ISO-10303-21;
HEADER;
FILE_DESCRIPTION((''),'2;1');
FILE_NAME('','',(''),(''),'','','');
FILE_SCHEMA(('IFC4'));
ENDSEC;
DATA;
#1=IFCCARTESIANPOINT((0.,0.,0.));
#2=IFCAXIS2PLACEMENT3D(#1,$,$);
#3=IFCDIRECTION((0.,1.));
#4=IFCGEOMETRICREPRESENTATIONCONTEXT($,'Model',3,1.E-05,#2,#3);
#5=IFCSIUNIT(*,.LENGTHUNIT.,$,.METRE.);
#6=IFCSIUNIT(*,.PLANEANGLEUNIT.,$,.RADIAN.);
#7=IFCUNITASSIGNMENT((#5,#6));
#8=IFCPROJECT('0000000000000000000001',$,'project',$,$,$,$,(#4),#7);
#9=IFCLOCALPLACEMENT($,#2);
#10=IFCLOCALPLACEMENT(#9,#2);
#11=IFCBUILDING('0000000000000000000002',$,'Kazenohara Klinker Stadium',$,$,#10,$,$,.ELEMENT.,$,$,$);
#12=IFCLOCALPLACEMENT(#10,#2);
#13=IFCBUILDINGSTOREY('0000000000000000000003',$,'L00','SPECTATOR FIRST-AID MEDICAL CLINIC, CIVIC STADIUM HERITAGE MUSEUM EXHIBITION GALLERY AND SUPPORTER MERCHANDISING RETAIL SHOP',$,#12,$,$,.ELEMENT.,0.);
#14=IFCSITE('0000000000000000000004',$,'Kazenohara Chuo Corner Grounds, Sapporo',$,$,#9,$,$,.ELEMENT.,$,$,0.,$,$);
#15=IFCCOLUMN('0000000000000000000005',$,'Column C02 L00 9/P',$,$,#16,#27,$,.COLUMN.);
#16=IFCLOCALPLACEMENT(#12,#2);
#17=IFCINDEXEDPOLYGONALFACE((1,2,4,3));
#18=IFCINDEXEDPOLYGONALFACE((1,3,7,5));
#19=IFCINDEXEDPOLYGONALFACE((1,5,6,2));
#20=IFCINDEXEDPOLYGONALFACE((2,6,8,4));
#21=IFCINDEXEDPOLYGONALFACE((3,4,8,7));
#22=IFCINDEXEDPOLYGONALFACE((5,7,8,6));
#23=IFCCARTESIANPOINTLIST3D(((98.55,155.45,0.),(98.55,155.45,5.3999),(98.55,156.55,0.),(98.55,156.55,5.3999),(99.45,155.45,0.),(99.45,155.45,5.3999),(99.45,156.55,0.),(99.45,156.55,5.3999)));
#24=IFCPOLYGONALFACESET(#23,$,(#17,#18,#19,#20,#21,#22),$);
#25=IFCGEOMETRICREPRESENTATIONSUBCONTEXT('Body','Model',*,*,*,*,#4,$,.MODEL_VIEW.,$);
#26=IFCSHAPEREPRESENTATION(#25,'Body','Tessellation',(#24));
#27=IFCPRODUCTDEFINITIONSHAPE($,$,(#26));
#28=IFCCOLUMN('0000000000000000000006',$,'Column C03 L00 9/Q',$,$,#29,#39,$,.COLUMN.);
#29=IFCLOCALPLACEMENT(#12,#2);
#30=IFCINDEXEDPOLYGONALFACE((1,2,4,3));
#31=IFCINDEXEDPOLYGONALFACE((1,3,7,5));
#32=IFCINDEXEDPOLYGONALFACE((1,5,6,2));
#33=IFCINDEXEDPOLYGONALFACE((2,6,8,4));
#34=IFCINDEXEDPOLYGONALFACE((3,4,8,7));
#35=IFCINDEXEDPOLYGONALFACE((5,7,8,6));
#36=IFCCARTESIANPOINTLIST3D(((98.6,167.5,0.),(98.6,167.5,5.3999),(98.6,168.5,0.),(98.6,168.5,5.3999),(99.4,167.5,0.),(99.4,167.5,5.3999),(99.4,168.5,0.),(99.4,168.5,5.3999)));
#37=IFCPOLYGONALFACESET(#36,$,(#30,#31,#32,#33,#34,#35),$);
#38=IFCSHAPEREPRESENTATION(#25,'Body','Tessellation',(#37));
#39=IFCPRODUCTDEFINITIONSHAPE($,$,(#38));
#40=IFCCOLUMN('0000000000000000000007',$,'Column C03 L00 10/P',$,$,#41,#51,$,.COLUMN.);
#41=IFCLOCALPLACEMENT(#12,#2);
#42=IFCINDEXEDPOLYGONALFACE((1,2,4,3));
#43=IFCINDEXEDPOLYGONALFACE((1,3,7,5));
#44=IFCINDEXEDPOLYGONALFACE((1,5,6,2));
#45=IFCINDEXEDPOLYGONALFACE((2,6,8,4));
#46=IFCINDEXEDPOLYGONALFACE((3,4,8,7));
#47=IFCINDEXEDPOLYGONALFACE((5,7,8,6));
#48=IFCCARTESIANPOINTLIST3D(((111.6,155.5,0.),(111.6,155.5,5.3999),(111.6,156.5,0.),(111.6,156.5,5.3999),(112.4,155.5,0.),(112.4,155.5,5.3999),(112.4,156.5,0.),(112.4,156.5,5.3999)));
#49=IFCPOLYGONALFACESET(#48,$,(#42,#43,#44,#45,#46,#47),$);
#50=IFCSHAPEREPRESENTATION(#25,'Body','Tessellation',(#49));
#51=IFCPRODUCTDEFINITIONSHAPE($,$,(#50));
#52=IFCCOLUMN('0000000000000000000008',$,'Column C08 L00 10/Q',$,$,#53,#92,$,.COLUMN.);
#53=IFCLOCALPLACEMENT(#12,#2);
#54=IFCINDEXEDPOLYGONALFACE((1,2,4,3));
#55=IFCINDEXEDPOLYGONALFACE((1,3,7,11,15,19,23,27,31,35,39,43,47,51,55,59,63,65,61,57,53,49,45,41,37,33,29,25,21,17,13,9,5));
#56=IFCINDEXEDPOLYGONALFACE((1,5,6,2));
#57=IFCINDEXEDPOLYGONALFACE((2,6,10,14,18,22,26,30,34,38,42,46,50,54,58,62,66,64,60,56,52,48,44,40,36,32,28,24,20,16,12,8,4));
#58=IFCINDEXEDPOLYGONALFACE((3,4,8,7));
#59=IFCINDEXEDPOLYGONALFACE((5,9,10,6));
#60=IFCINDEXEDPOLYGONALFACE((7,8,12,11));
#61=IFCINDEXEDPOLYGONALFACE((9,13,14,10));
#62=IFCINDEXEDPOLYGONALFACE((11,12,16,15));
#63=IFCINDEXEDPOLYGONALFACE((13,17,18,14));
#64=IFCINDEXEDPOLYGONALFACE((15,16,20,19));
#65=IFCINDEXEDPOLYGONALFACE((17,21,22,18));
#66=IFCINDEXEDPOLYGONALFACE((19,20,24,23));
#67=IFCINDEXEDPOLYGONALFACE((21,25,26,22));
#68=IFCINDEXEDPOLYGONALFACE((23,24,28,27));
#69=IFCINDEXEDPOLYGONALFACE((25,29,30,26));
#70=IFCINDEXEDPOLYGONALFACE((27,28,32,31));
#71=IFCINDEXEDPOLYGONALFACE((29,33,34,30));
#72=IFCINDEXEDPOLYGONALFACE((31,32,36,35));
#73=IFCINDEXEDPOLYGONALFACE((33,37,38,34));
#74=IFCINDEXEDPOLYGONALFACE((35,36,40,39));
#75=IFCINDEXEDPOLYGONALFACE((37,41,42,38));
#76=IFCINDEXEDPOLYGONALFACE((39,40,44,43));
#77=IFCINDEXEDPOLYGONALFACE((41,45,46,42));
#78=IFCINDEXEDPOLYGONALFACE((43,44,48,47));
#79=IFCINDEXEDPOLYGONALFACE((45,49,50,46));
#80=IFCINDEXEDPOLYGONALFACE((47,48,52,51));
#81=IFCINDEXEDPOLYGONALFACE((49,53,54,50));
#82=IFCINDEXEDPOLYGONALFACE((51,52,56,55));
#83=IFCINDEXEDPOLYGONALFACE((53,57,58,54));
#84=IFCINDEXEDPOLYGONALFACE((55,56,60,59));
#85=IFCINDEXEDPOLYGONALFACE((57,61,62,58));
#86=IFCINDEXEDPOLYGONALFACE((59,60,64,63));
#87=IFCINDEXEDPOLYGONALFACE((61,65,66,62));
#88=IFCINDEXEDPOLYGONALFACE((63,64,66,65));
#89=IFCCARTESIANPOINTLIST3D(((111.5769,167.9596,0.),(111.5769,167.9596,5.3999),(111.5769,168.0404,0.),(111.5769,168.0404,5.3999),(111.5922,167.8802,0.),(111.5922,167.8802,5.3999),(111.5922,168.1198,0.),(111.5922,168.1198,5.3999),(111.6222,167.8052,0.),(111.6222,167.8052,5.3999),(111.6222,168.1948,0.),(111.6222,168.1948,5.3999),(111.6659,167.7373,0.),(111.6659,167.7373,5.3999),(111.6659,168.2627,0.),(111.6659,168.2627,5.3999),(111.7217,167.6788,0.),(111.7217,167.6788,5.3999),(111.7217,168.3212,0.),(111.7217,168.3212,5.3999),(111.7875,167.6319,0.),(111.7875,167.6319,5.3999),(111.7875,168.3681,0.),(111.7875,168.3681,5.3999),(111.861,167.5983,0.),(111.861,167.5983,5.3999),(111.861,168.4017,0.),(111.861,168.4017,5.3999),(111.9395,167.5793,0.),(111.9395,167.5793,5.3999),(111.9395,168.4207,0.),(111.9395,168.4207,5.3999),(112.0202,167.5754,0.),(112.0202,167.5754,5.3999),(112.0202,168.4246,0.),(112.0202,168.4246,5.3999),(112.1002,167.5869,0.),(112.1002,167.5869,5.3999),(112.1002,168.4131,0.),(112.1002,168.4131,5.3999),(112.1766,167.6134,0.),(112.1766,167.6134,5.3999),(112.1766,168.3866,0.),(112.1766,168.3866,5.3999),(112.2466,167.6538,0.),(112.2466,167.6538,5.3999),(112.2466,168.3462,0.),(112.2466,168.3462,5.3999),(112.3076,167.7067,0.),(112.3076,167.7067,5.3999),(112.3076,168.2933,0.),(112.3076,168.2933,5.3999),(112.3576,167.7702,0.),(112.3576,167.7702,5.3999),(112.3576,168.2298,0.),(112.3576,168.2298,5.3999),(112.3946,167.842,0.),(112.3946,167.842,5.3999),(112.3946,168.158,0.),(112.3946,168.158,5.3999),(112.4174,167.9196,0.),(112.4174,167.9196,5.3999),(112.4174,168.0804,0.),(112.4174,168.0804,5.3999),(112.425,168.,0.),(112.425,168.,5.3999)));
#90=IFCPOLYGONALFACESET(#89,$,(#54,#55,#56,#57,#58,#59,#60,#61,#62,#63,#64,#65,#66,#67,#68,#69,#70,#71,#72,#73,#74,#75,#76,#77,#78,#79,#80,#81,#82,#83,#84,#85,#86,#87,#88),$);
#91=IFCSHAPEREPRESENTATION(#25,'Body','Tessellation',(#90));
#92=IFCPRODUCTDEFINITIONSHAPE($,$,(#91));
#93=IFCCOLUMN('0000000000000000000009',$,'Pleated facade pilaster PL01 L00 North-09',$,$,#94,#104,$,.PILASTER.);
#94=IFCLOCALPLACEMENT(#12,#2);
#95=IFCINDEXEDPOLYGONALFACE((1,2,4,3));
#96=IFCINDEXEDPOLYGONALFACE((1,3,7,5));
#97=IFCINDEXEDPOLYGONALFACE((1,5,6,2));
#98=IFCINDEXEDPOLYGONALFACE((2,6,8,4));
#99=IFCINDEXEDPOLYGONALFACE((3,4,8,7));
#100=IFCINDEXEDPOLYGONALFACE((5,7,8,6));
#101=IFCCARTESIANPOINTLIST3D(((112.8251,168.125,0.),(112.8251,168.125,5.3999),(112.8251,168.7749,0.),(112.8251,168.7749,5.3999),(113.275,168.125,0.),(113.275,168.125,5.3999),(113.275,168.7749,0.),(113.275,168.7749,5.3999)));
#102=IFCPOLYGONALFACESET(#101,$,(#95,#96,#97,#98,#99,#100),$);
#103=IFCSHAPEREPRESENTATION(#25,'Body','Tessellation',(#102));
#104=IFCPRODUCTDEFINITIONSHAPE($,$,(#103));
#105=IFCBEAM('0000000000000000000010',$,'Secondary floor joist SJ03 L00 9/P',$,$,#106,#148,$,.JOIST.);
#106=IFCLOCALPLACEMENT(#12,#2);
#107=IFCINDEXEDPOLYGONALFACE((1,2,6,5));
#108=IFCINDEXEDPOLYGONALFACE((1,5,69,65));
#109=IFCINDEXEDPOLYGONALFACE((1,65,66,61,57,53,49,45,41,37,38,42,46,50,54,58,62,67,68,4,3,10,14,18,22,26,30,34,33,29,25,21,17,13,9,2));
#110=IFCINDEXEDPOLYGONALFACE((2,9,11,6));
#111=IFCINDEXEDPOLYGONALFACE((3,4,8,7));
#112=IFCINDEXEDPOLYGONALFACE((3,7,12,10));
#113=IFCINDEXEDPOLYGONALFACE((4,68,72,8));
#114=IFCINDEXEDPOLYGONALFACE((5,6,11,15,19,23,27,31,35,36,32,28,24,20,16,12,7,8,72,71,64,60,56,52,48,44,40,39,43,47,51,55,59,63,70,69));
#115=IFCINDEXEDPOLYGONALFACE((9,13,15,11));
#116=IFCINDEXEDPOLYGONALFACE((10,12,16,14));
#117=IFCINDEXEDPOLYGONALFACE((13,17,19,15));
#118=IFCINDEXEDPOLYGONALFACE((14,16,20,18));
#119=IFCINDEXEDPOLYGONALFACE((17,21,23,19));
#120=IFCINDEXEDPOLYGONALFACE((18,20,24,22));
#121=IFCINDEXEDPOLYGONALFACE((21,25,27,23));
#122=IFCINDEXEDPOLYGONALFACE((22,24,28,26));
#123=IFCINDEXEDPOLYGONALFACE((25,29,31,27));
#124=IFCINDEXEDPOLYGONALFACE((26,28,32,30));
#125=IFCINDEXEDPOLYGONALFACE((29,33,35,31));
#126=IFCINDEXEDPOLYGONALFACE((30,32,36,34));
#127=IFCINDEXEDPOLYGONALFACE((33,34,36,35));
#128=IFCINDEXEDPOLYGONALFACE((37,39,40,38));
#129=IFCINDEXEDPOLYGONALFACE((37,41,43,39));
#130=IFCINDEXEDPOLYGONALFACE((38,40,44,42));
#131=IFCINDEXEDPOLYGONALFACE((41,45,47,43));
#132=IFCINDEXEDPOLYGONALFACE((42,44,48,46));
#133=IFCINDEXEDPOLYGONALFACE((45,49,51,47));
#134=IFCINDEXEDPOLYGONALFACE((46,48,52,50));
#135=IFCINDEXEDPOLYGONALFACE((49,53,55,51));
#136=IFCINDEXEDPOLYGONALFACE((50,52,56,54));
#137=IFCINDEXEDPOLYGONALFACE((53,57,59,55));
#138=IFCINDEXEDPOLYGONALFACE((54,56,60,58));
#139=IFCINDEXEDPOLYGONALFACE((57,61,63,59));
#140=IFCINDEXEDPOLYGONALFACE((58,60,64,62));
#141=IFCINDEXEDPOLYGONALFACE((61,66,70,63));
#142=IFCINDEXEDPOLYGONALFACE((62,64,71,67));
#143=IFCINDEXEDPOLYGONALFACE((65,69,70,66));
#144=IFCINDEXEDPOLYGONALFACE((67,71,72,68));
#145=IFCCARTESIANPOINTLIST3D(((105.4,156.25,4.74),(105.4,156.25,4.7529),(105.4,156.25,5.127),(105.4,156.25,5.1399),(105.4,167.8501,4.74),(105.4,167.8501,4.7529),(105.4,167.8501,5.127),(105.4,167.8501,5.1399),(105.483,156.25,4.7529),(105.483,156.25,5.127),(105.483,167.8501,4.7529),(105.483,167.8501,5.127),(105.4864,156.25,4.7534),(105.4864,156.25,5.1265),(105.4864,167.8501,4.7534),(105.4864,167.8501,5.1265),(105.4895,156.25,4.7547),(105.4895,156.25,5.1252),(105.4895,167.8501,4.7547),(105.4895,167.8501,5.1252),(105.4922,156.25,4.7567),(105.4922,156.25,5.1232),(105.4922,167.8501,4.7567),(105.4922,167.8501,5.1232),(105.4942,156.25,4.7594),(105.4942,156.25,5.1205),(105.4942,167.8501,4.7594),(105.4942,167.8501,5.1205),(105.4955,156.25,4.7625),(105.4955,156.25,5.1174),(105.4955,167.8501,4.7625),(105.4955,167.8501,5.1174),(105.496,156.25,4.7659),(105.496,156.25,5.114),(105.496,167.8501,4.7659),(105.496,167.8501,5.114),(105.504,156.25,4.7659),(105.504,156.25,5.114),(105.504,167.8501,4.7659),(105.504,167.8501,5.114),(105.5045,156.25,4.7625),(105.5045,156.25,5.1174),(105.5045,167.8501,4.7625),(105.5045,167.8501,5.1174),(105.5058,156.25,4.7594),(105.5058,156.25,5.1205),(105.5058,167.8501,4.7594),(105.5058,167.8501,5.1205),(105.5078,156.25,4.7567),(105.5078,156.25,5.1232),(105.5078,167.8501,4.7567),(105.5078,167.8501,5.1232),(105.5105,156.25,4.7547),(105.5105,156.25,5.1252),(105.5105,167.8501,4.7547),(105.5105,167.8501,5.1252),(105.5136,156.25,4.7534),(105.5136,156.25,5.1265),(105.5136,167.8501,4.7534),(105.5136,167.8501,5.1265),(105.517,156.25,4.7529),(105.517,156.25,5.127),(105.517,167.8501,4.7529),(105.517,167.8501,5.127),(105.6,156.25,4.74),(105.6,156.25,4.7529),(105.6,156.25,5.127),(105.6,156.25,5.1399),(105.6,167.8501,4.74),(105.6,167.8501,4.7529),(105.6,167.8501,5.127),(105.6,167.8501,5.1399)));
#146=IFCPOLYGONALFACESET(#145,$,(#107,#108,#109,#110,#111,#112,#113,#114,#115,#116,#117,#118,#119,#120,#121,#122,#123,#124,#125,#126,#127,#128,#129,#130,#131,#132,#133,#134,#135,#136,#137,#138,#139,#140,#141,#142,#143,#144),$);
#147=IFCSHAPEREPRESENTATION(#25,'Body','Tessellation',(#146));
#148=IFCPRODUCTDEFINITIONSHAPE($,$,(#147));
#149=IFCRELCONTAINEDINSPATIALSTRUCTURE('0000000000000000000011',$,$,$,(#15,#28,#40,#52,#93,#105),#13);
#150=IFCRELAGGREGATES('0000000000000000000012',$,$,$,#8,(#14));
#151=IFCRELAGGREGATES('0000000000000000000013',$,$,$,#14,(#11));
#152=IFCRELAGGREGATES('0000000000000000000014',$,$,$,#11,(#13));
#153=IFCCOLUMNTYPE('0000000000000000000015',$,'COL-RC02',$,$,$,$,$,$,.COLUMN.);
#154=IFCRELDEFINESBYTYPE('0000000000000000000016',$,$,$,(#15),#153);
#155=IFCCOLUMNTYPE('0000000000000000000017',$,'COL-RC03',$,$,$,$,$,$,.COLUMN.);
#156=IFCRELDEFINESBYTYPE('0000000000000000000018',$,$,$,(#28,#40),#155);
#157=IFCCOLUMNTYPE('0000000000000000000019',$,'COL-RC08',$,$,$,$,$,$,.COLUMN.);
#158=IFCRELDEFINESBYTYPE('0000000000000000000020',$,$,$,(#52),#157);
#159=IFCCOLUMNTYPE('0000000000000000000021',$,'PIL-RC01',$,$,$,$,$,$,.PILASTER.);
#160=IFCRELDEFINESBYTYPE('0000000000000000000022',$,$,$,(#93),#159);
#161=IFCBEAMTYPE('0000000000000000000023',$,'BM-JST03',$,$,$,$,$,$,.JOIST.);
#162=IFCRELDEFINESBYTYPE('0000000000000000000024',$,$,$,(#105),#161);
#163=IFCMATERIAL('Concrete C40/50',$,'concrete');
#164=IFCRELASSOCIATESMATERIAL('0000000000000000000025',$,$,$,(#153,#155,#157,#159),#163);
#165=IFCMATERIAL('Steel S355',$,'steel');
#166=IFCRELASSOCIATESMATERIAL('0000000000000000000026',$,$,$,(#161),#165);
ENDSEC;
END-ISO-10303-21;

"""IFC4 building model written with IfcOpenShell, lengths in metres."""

from ifc_helpers import new_model, si_unit, direction, frame, origin, origin_2d, place, context, subcontext, project, spatial, rectangle, circle, i_section, extrude, material, material_profile, profile_set, type_object, element, save


model = new_model("IFC4")

# Units and contexts
model_context = context("Model", 3, precision=1e-05, world=origin(), true_north=direction((0.0, 1.0)))
body_context = subcontext(model_context, "Body", "Model", "MODEL_VIEW")
ifc_project = project(units=[si_unit("LENGTHUNIT", "METRE"), si_unit("PLANEANGLEUNIT", "RADIAN")], contexts=[model_context])

# Site, building, storey
site_placement = place(None, origin())
site = spatial("IfcSite", under=ifc_project, at=site_placement, Name="Kazenohara Chuo Corner Grounds, Sapporo", CompositionType="ELEMENT", RefElevation=0.0)
building_placement = place(site_placement, origin())
building = spatial("IfcBuilding", under=site, at=building_placement, Name="Kazenohara Klinker Stadium", CompositionType="ELEMENT")
storey_placement = place(building_placement, origin())
storey = spatial("IfcBuildingStorey", under=building, at=storey_placement, Name="L00", Description="SPECTATOR FIRST-AID MEDICAL CLINIC, CIVIC STADIUM HERITAGE MUSEUM EXHIBITION GALLERY AND SUPPORTER MERCHANDISING RETAIL SHOP", CompositionType="ELEMENT", Elevation=0.0)

# Columns
ifc_material_1 = material(Name="Concrete C40/50", Category="concrete")
ifc_material_profile_1 = material_profile(ifc_material_1, rectangle(XDim=0.8999, YDim=1.1001, at=origin_2d()), Name="RC-COL-1100x900")
ifc_profile_set_1 = profile_set([ifc_material_profile_1], Name="Concrete C40/50")
column_type_1 = type_object("IfcColumnType", Name="COL-RC02", PredefinedType="COLUMN", material=ifc_profile_set_1)
column_1_placement = place(storey_placement, frame((99.0, 156.0, 0.0), z_axis=(0.0, 0.0, 1.0), x_axis=(1.0, 0.0, 0.0)))
element("IfcColumn", 1, at=column_1_placement, inside=storey, type_object=column_type_1, Name="Column C02 L00 9/P", PredefinedType="COLUMN", context=body_context, shape_type="SweptSolid", body=[
    extrude(rectangle(XDim=0.8999, YDim=1.1001, at=origin_2d()), origin(), (0.0, 0.0, 1.0), 5.3999),
])
ifc_material_profile_2 = material_profile(ifc_material_1, rectangle(XDim=0.8, YDim=1.0, at=origin_2d()), Name="RC-COL-1000x800")
ifc_profile_set_2 = profile_set([ifc_material_profile_2], Name="Concrete C40/50")
column_type_2 = type_object("IfcColumnType", Name="COL-RC03", PredefinedType="COLUMN", material=ifc_profile_set_2)
for number, where, z_axis, x_axis, name in (
    (2, (99.0, 168.0, 0.0), (0.0, 0.0, 1.0), (1.0, 0.0, 0.0), "Column C03 L00 9/Q"),
    (3, (112.0, 156.0, 0.0), (0.0, 0.0, 1.0), (1.0, 0.0, 0.0), "Column C03 L00 10/P"),
):
    element("IfcColumn", number, at=place(storey_placement, frame(where, z_axis=z_axis, x_axis=x_axis)), inside=storey, type_object=column_type_2, Name=name, PredefinedType="COLUMN", context=body_context, shape_type="SweptSolid", body=[
        extrude(rectangle(XDim=0.8, YDim=1.0, at=origin_2d()), origin(), (0.0, 0.0, 1.0), 5.3999),
    ])
ifc_material_profile_3 = material_profile(ifc_material_1, circle(Radius=0.425, at=origin_2d()), Name="RC-COL-D850")
ifc_profile_set_3 = profile_set([ifc_material_profile_3], Name="Concrete C40/50")
column_type_3 = type_object("IfcColumnType", Name="COL-RC08", PredefinedType="COLUMN", material=ifc_profile_set_3)
column_2_placement = place(storey_placement, frame((112.0, 168.0, 0.0), z_axis=(0.0, 0.0, 1.0), x_axis=(1.0, 0.0, 0.0)))
element("IfcColumn", 4, at=column_2_placement, inside=storey, type_object=column_type_3, Name="Column C08 L00 10/Q", PredefinedType="COLUMN", context=body_context, shape_type="SweptSolid", body=[
    extrude(circle(Radius=0.425, at=origin_2d()), origin(), (0.0, 0.0, 1.0), 5.3999),
])
ifc_material_profile_4 = material_profile(ifc_material_1, rectangle(XDim=0.45, YDim=0.6499, at=origin_2d()), Name="RC-PILASTER-450x650")
ifc_profile_set_4 = profile_set([ifc_material_profile_4], Name="Concrete C40/50")
column_type_4 = type_object("IfcColumnType", Name="PIL-RC01", PredefinedType="PILASTER", material=ifc_profile_set_4)
column_3_placement = place(storey_placement, frame((113.05, 168.45, 0.0), z_axis=(0.0, 0.0, 1.0), x_axis=(1.0, 0.0, 0.0)))
element("IfcColumn", 5, at=column_3_placement, inside=storey, type_object=column_type_4, Name="Pleated facade pilaster PL01 L00 North-09", PredefinedType="PILASTER", context=body_context, shape_type="SweptSolid", body=[
    extrude(rectangle(XDim=0.45, YDim=0.6499, at=origin_2d()), origin(), (0.0, 0.0, 1.0), 5.3999),
])

# Beam
ifc_material_2 = material(Name="Steel S355", Category="steel")
ifc_material_profile_5 = material_profile(ifc_material_2, i_section(OverallWidth=0.2, OverallDepth=0.3999, WebThickness=0.0081, FlangeThickness=0.0129, FilletRadius=0.0129, at=origin_2d()), Name="H-400x200x8x13")
ifc_profile_set_5 = profile_set([ifc_material_profile_5], Name="Steel S355")
beam_type_1 = type_object("IfcBeamType", Name="BM-JST03", PredefinedType="JOIST", material=ifc_profile_set_5)
beam_1_placement = place(storey_placement, frame((105.5, 156.25, 4.9399), z_axis=(0.0, 1.0, 0.0), x_axis=(-1.0, 0.0, 0.0)))
element("IfcBeam", 6, at=beam_1_placement, inside=storey, type_object=beam_type_1, Name="Secondary floor joist SJ03 L00 9/P", PredefinedType="JOIST", context=body_context, shape_type="SweptSolid", body=[
    extrude(i_section(OverallWidth=0.2, OverallDepth=0.3999, WebThickness=0.0081, FlangeThickness=0.0129, FilletRadius=0.0129, at=origin_2d()), origin(), (0.0, 0.0, 1.0), 11.6001),
])

save(model, "model.ifc")
